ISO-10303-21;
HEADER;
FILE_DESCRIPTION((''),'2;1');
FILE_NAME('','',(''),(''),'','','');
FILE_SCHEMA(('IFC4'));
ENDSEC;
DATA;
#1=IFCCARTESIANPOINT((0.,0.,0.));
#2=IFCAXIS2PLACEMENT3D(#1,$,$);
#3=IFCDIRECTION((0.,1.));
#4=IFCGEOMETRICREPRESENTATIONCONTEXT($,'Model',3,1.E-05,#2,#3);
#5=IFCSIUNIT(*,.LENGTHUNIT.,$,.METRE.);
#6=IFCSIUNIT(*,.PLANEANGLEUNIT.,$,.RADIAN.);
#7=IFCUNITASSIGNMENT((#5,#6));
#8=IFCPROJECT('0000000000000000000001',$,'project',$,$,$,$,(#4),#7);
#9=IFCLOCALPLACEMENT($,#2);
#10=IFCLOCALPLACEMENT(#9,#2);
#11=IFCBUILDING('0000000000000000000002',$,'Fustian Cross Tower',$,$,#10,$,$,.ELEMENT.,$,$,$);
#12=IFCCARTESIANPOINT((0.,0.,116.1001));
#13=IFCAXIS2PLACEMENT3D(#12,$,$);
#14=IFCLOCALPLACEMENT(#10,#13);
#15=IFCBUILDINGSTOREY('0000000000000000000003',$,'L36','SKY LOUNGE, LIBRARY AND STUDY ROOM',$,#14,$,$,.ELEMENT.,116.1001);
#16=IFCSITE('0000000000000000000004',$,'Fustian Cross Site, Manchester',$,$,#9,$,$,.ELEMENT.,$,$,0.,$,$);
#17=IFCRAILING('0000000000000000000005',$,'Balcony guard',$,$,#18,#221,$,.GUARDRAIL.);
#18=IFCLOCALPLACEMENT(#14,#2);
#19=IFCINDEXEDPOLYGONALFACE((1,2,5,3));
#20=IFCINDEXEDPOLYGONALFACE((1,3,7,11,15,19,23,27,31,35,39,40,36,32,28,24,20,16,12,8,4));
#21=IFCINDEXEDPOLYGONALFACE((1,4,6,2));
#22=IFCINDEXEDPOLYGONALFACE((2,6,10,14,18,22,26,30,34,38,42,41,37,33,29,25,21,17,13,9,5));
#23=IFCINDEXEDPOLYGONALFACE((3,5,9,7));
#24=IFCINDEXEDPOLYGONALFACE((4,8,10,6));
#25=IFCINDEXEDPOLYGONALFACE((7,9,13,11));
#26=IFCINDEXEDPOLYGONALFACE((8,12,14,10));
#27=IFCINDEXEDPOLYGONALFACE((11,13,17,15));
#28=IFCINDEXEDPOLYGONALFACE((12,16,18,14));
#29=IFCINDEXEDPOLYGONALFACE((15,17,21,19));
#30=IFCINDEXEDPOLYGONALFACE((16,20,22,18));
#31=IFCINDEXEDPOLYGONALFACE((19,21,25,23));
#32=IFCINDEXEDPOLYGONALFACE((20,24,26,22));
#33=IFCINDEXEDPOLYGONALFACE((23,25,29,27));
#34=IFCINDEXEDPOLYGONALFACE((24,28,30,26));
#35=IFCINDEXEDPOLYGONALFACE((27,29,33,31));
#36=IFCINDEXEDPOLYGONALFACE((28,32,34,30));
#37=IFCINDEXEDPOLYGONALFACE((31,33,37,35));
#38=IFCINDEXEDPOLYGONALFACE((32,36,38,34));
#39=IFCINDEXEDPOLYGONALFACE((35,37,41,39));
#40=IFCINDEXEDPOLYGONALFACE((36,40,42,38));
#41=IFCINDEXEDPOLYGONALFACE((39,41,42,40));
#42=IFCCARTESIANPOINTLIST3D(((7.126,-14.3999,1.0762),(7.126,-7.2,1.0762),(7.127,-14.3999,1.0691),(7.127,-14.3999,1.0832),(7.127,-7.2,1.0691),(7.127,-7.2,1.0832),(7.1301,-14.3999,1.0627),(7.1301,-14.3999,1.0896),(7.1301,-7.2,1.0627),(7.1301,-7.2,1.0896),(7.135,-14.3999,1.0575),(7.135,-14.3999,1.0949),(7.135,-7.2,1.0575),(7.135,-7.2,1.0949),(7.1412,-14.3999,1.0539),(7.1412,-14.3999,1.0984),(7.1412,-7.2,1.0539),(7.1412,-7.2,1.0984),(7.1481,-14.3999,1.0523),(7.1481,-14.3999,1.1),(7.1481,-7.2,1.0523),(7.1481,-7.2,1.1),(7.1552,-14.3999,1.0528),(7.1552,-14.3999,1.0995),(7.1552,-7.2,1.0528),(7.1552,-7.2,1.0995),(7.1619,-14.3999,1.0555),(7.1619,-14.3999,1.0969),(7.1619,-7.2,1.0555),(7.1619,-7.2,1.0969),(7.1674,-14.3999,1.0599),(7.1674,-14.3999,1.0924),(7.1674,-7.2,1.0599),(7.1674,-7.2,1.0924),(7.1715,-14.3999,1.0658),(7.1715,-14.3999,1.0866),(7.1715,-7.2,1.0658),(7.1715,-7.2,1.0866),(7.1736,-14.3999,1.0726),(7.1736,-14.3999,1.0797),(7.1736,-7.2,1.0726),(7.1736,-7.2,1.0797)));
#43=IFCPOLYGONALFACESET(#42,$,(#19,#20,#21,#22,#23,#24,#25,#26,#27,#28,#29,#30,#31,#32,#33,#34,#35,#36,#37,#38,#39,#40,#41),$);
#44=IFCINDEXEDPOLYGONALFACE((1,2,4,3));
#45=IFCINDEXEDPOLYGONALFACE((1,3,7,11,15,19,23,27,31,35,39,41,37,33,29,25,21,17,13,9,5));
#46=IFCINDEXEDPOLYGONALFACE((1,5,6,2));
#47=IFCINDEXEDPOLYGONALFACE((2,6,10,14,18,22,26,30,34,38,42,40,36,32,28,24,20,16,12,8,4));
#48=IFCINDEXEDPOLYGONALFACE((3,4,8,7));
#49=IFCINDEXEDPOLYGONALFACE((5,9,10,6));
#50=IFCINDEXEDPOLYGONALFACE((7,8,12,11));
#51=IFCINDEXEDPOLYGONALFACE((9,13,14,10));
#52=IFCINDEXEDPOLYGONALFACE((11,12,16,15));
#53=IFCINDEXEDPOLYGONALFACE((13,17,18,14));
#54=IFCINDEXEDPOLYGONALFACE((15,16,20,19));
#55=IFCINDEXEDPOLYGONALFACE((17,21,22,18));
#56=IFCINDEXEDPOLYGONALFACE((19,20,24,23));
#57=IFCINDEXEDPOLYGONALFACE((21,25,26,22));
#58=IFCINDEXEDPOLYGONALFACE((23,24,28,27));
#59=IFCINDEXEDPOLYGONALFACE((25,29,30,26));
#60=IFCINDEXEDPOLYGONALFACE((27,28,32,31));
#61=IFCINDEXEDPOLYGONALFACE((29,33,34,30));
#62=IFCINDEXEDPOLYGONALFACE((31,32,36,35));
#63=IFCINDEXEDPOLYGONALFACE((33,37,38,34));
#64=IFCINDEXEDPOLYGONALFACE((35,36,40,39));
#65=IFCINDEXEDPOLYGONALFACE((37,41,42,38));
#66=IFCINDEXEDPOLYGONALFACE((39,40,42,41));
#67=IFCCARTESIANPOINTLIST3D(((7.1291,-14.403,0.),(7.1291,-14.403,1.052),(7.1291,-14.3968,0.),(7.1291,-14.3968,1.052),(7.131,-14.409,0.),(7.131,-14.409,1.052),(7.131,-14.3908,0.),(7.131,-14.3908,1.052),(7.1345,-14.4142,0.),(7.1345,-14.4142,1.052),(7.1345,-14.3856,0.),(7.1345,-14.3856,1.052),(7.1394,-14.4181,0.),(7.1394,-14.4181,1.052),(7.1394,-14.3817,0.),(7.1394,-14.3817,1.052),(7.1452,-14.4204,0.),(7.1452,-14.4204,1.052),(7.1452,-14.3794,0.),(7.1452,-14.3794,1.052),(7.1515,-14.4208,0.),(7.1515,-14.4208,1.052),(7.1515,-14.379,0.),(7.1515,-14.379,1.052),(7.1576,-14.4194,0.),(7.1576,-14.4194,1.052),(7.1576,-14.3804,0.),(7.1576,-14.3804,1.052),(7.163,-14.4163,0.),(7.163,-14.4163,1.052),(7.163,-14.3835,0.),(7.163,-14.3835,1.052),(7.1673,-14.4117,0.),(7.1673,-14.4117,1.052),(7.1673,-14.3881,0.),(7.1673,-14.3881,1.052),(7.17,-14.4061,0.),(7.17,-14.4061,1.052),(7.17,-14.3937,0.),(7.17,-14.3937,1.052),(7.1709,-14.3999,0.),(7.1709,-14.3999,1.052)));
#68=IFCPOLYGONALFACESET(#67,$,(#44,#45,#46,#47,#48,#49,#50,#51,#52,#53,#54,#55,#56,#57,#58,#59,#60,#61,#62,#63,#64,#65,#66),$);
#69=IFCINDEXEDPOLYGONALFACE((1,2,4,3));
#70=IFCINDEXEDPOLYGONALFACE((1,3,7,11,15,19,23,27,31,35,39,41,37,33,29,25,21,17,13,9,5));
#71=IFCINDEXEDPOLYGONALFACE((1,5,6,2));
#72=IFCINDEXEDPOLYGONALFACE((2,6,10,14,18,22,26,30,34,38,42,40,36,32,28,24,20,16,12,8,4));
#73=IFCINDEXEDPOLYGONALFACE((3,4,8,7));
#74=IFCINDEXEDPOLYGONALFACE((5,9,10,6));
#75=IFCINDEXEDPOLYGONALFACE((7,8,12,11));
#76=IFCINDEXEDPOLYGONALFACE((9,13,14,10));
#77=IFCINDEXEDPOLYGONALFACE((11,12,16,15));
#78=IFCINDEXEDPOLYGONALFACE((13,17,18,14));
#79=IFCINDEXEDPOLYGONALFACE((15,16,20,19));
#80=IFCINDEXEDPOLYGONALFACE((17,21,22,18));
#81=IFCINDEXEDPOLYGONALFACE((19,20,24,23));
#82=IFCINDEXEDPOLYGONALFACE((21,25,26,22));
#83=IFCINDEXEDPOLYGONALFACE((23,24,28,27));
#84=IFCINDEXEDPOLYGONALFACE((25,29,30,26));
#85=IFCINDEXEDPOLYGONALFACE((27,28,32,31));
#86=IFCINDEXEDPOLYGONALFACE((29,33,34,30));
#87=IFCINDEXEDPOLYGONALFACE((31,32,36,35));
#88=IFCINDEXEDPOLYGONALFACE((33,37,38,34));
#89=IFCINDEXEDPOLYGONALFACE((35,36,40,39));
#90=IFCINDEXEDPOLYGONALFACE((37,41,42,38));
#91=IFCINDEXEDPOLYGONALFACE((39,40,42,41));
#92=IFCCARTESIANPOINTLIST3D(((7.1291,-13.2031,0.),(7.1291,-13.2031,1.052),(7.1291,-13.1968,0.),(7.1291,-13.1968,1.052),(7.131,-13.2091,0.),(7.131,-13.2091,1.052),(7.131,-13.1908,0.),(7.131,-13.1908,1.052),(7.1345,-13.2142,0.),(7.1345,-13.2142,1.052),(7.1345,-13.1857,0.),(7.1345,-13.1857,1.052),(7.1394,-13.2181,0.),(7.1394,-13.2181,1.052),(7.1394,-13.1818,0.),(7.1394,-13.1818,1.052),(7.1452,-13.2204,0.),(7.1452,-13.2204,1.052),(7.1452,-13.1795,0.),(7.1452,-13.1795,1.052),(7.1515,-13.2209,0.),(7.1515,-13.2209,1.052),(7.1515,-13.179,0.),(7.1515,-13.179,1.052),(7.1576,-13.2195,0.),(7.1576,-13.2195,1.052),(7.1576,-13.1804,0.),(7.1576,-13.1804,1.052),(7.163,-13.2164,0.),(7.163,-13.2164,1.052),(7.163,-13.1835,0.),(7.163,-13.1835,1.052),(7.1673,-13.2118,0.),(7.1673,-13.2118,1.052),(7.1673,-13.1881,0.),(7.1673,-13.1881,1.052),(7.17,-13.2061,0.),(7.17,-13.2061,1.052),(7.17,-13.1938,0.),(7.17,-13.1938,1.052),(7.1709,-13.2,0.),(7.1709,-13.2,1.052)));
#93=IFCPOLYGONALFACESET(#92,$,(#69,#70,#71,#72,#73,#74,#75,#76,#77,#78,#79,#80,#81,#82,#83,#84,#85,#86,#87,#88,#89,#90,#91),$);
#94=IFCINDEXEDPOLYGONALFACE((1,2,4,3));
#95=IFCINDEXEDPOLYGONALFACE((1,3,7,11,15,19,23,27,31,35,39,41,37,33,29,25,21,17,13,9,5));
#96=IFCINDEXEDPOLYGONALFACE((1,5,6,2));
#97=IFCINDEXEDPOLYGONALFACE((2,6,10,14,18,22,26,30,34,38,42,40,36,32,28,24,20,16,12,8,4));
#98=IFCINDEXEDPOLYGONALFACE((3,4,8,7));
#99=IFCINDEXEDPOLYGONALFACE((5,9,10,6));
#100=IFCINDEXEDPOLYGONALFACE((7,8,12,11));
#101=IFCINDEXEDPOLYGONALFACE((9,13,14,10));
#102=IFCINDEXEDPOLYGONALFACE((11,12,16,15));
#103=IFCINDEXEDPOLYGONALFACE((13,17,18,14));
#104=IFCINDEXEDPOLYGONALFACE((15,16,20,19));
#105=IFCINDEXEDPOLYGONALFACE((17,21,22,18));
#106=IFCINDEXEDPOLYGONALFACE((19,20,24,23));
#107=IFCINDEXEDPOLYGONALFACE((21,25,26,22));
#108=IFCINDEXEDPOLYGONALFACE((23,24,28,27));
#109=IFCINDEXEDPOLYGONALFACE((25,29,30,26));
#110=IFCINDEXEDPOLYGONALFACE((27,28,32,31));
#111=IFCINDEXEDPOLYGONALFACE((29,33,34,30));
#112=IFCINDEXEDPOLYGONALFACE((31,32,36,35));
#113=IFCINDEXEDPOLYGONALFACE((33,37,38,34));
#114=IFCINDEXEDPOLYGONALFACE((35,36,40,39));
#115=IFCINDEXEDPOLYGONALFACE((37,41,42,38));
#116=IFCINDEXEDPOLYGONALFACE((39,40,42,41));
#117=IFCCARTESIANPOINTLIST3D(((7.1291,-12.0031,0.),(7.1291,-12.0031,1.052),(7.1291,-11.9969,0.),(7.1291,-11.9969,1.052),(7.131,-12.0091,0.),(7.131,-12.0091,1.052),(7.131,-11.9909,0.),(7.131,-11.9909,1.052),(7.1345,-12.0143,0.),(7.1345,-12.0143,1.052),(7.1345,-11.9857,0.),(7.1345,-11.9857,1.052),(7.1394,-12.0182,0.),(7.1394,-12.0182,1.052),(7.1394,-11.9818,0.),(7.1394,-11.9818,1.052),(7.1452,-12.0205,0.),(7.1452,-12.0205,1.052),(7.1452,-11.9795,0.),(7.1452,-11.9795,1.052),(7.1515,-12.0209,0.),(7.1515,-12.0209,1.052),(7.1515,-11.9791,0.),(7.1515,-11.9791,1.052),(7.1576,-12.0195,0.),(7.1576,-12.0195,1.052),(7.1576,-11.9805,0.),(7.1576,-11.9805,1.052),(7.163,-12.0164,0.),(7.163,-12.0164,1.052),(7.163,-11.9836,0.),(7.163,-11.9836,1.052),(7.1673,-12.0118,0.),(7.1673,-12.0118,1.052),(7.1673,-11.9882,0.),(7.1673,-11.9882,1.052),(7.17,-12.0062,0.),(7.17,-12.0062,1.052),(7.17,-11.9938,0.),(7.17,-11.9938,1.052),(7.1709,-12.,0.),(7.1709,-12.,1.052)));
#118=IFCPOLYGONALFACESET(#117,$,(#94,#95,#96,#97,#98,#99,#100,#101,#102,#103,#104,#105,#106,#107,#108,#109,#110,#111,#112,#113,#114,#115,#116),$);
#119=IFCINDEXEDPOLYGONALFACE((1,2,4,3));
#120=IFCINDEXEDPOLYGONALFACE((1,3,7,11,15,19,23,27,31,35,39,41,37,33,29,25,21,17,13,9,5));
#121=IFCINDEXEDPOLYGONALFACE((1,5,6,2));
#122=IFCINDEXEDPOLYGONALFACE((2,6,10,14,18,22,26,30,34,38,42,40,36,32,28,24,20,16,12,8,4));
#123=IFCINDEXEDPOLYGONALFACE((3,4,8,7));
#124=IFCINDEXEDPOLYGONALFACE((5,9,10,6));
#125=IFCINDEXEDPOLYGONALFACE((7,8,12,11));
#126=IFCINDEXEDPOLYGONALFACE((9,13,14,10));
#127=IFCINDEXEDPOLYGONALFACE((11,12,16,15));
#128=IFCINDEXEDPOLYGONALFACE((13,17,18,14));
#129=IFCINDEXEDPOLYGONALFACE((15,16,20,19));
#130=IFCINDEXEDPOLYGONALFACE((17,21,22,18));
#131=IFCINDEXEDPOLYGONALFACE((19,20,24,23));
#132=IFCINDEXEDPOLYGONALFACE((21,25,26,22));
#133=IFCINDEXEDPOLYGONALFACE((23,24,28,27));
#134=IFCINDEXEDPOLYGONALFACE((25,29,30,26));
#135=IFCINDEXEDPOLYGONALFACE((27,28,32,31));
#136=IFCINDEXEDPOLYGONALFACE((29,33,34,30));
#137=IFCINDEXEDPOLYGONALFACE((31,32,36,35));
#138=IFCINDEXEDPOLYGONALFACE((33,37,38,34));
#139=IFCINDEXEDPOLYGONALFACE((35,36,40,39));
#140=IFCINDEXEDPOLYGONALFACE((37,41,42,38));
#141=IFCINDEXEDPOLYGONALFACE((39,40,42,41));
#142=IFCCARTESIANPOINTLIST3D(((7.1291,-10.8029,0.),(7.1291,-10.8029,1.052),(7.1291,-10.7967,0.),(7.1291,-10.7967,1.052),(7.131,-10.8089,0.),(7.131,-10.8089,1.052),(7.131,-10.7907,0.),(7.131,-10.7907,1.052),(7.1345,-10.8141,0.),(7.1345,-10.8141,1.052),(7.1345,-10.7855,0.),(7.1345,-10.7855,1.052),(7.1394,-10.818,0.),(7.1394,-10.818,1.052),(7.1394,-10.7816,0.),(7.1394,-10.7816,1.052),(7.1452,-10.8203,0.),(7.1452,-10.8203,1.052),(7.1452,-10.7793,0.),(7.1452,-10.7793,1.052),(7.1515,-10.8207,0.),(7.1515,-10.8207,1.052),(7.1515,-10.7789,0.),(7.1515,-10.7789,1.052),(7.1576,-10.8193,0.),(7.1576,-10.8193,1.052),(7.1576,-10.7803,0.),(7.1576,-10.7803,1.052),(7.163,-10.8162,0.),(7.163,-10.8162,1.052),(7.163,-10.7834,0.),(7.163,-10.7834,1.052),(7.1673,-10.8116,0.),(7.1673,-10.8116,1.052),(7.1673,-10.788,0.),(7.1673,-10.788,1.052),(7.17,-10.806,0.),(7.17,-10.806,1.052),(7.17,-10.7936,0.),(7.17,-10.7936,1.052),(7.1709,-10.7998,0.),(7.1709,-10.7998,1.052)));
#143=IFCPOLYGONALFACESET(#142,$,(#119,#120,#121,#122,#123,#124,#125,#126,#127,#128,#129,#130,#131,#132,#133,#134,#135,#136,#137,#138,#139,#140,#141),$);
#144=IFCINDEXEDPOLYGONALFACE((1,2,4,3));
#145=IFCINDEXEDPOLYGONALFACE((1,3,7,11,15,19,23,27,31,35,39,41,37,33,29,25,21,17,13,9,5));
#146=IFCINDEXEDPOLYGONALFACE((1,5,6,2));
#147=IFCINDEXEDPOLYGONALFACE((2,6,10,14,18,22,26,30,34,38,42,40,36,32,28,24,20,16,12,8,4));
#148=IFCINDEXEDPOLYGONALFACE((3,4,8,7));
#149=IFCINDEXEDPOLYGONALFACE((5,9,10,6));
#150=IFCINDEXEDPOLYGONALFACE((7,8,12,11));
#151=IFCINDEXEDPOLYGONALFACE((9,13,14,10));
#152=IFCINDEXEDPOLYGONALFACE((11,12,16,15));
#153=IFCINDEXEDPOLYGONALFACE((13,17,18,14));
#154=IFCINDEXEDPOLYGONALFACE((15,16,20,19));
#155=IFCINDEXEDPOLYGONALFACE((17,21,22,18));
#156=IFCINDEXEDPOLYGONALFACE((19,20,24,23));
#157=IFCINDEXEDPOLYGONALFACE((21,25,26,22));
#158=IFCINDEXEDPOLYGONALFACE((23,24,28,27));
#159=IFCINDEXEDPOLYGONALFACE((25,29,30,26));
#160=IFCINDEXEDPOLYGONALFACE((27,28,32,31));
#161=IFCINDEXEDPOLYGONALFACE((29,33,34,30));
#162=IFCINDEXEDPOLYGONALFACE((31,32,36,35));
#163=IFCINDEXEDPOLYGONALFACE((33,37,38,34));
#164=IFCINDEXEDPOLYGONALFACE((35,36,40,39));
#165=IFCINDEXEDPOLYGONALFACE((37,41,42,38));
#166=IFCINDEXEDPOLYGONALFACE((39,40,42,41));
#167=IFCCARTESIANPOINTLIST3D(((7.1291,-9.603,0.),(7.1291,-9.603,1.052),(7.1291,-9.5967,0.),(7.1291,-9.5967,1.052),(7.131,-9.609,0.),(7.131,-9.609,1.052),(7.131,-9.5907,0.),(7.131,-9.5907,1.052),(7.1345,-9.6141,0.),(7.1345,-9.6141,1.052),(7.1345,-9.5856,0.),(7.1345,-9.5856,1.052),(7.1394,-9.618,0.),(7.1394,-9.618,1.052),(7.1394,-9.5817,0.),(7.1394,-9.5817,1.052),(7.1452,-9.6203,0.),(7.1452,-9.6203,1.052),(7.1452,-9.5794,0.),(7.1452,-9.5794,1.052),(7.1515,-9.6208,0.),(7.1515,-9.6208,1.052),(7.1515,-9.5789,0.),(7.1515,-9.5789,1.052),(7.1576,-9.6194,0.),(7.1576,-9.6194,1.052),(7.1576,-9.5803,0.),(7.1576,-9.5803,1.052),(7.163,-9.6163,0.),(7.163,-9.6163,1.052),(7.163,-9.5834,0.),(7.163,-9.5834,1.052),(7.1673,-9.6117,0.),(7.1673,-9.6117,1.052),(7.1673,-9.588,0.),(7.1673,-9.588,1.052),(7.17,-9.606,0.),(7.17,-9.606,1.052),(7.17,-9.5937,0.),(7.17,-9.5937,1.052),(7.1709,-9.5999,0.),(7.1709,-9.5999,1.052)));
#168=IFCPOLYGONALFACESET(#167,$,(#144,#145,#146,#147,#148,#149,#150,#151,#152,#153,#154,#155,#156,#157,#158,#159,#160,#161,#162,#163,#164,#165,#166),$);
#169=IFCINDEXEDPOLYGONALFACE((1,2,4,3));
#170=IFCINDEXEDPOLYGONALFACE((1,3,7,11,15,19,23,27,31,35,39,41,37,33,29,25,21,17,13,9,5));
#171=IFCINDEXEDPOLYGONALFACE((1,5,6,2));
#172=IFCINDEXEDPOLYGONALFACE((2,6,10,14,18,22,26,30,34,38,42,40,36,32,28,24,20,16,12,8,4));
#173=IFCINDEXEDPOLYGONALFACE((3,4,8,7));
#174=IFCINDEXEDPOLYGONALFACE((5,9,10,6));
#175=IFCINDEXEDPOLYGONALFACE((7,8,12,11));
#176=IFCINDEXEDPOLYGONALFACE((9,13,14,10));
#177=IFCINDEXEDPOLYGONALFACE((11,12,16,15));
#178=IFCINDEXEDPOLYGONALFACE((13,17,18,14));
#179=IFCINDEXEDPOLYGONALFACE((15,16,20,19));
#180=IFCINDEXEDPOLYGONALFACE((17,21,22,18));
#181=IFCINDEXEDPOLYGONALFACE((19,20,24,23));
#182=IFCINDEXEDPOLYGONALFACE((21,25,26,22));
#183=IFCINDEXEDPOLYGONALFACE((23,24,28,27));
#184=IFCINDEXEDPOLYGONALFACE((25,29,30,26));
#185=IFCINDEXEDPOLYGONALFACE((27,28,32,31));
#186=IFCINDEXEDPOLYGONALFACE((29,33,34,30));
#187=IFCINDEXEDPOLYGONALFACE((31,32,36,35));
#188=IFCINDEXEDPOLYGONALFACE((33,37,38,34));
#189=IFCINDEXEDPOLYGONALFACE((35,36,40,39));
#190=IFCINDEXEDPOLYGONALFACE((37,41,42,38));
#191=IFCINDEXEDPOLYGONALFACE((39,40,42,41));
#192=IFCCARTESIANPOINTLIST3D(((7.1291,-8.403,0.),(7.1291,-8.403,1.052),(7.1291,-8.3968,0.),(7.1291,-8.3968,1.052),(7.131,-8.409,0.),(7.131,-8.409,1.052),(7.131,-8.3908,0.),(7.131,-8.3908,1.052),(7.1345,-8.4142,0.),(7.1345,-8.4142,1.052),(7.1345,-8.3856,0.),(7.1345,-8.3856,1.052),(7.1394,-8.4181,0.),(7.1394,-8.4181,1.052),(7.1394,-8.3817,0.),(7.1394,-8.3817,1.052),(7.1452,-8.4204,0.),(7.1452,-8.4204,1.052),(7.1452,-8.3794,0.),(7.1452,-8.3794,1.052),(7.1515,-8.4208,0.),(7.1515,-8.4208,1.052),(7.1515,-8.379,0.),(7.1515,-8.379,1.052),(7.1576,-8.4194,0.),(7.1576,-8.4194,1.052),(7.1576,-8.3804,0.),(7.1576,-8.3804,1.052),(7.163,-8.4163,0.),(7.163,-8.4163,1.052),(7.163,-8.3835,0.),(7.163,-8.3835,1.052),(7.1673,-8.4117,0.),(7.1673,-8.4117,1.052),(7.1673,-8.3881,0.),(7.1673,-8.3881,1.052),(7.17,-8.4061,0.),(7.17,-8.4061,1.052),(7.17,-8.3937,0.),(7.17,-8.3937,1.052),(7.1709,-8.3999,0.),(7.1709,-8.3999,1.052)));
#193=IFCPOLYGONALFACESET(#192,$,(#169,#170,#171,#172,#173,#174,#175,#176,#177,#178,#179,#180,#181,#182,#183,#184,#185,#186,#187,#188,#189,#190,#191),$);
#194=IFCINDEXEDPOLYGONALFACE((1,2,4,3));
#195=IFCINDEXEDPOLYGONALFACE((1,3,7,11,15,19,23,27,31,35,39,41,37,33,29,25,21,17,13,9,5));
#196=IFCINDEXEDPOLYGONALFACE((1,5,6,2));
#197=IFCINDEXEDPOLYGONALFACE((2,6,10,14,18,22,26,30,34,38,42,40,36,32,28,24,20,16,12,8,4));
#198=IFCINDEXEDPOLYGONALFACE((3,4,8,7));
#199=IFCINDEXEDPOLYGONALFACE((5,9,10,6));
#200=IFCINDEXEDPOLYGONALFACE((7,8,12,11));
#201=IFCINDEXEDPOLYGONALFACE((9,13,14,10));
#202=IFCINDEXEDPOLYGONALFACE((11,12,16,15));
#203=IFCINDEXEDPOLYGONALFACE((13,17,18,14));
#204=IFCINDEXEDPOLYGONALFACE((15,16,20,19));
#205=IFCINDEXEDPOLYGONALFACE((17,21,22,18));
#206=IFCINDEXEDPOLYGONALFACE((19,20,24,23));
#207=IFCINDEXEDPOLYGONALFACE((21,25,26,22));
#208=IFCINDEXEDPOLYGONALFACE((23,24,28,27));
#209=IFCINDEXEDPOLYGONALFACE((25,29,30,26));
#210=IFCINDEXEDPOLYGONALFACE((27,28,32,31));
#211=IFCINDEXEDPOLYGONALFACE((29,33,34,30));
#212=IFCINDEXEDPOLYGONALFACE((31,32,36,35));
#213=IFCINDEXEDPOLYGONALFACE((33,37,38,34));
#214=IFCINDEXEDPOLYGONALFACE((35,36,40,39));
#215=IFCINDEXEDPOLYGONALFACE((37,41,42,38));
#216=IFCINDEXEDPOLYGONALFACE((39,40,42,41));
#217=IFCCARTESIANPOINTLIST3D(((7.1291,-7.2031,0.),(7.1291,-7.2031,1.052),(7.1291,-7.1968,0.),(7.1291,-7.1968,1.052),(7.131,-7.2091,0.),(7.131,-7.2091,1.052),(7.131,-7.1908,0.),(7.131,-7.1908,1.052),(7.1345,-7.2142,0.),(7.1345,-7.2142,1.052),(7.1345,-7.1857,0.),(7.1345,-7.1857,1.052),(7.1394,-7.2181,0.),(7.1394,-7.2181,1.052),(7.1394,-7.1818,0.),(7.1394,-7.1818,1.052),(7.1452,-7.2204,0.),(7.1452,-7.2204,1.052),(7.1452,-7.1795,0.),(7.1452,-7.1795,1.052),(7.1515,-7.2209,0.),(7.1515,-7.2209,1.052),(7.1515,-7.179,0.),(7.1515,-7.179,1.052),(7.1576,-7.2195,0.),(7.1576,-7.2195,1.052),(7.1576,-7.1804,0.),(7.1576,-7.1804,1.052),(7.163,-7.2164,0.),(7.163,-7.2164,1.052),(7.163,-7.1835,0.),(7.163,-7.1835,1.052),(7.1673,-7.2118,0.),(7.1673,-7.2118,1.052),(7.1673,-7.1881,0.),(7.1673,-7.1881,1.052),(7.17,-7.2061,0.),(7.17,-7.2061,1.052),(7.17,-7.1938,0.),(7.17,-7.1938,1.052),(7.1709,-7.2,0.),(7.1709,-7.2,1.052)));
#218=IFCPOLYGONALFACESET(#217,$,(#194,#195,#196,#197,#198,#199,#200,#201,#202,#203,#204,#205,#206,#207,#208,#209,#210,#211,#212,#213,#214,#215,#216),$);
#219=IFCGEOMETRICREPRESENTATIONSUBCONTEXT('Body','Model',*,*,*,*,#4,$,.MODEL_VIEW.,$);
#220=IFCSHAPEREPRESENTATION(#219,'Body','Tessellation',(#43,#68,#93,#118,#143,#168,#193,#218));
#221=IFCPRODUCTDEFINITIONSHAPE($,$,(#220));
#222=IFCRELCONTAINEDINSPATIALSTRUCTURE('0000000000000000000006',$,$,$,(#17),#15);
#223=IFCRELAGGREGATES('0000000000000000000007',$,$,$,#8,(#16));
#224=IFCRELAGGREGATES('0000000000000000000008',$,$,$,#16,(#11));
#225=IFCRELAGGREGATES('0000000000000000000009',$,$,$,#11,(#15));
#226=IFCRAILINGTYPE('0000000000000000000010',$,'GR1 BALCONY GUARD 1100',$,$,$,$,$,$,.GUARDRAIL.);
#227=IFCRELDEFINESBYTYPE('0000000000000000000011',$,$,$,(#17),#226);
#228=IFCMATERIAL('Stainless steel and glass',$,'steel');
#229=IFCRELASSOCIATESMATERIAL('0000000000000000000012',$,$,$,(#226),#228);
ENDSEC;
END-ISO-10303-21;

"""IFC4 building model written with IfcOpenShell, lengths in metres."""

from ifc_helpers import new_model, si_unit, direction, frame, origin, origin_2d, place, context, subcontext, project, spatial, circle, extrude, material, type_object, element, save


model = new_model("IFC4")

# Units and contexts
model_context = context("Model", 3, precision=1e-05, world=origin(), true_north=direction((0.0, 1.0)))
body_context = subcontext(model_context, "Body", "Model", "MODEL_VIEW")
ifc_project = project(units=[si_unit("LENGTHUNIT", "METRE"), si_unit("PLANEANGLEUNIT", "RADIAN")], contexts=[model_context])

# Site, building, storey
site_placement = place(None, origin())
site = spatial("IfcSite", under=ifc_project, at=site_placement, Name="Fustian Cross Site, Manchester", CompositionType="ELEMENT", RefElevation=0.0)
building_placement = place(site_placement, origin())
building = spatial("IfcBuilding", under=site, at=building_placement, Name="Fustian Cross Tower", CompositionType="ELEMENT")
storey_placement = place(building_placement, frame((0.0, 0.0, 116.1001)))
storey = spatial("IfcBuildingStorey", under=building, at=storey_placement, Name="L36", Description="SKY LOUNGE, LIBRARY AND STUDY ROOM", CompositionType="ELEMENT", Elevation=116.1001)

# Railing
ifc_material_1 = material(Name="Stainless steel and glass", Category="steel")
railing_type = type_object("IfcRailingType", Name="GR1 BALCONY GUARD 1100", PredefinedType="GUARDRAIL", material=ifc_material_1)
railing_placement = place(storey_placement, frame((7.1499, -14.3999, 0.0)))
element("IfcRailing", 1, at=railing_placement, inside=storey, type_object=railing_type, Name="Balcony guard", PredefinedType="GUARDRAIL", context=body_context, shape_type="SweptSolid", body=[
    extrude(circle(Radius=0.0239, at=origin_2d()), frame((0.0, 0.0, 1.0762), z_axis=(0.0, 1.0, 0.0), x_axis=(-1.0, 0.0, 0.0)), (0.0, 0.0, 1.0), 7.2),
    extrude(circle(Radius=0.021, at=origin_2d()), origin(), (0.0, 0.0, 1.0), 1.052),
    extrude(circle(Radius=0.021, at=origin_2d()), frame((0.0, 1.2, 0.0)), (0.0, 0.0, 1.0), 1.052),
    extrude(circle(Radius=0.021, at=origin_2d()), frame((0.0, 2.3999, 0.0)), (0.0, 0.0, 1.0), 1.052),
    extrude(circle(Radius=0.021, at=origin_2d()), frame((0.0, 3.6001, 0.0)), (0.0, 0.0, 1.0), 1.052),
    extrude(circle(Radius=0.021, at=origin_2d()), frame((0.0, 4.8, 0.0)), (0.0, 0.0, 1.0), 1.052),
    extrude(circle(Radius=0.021, at=origin_2d()), frame((0.0, 6.0, 0.0)), (0.0, 0.0, 1.0), 1.052),
    extrude(circle(Radius=0.021, at=origin_2d()), frame((0.0, 7.2, 0.0)), (0.0, 0.0, 1.0), 1.052),
])

save(model, "model.ifc")
